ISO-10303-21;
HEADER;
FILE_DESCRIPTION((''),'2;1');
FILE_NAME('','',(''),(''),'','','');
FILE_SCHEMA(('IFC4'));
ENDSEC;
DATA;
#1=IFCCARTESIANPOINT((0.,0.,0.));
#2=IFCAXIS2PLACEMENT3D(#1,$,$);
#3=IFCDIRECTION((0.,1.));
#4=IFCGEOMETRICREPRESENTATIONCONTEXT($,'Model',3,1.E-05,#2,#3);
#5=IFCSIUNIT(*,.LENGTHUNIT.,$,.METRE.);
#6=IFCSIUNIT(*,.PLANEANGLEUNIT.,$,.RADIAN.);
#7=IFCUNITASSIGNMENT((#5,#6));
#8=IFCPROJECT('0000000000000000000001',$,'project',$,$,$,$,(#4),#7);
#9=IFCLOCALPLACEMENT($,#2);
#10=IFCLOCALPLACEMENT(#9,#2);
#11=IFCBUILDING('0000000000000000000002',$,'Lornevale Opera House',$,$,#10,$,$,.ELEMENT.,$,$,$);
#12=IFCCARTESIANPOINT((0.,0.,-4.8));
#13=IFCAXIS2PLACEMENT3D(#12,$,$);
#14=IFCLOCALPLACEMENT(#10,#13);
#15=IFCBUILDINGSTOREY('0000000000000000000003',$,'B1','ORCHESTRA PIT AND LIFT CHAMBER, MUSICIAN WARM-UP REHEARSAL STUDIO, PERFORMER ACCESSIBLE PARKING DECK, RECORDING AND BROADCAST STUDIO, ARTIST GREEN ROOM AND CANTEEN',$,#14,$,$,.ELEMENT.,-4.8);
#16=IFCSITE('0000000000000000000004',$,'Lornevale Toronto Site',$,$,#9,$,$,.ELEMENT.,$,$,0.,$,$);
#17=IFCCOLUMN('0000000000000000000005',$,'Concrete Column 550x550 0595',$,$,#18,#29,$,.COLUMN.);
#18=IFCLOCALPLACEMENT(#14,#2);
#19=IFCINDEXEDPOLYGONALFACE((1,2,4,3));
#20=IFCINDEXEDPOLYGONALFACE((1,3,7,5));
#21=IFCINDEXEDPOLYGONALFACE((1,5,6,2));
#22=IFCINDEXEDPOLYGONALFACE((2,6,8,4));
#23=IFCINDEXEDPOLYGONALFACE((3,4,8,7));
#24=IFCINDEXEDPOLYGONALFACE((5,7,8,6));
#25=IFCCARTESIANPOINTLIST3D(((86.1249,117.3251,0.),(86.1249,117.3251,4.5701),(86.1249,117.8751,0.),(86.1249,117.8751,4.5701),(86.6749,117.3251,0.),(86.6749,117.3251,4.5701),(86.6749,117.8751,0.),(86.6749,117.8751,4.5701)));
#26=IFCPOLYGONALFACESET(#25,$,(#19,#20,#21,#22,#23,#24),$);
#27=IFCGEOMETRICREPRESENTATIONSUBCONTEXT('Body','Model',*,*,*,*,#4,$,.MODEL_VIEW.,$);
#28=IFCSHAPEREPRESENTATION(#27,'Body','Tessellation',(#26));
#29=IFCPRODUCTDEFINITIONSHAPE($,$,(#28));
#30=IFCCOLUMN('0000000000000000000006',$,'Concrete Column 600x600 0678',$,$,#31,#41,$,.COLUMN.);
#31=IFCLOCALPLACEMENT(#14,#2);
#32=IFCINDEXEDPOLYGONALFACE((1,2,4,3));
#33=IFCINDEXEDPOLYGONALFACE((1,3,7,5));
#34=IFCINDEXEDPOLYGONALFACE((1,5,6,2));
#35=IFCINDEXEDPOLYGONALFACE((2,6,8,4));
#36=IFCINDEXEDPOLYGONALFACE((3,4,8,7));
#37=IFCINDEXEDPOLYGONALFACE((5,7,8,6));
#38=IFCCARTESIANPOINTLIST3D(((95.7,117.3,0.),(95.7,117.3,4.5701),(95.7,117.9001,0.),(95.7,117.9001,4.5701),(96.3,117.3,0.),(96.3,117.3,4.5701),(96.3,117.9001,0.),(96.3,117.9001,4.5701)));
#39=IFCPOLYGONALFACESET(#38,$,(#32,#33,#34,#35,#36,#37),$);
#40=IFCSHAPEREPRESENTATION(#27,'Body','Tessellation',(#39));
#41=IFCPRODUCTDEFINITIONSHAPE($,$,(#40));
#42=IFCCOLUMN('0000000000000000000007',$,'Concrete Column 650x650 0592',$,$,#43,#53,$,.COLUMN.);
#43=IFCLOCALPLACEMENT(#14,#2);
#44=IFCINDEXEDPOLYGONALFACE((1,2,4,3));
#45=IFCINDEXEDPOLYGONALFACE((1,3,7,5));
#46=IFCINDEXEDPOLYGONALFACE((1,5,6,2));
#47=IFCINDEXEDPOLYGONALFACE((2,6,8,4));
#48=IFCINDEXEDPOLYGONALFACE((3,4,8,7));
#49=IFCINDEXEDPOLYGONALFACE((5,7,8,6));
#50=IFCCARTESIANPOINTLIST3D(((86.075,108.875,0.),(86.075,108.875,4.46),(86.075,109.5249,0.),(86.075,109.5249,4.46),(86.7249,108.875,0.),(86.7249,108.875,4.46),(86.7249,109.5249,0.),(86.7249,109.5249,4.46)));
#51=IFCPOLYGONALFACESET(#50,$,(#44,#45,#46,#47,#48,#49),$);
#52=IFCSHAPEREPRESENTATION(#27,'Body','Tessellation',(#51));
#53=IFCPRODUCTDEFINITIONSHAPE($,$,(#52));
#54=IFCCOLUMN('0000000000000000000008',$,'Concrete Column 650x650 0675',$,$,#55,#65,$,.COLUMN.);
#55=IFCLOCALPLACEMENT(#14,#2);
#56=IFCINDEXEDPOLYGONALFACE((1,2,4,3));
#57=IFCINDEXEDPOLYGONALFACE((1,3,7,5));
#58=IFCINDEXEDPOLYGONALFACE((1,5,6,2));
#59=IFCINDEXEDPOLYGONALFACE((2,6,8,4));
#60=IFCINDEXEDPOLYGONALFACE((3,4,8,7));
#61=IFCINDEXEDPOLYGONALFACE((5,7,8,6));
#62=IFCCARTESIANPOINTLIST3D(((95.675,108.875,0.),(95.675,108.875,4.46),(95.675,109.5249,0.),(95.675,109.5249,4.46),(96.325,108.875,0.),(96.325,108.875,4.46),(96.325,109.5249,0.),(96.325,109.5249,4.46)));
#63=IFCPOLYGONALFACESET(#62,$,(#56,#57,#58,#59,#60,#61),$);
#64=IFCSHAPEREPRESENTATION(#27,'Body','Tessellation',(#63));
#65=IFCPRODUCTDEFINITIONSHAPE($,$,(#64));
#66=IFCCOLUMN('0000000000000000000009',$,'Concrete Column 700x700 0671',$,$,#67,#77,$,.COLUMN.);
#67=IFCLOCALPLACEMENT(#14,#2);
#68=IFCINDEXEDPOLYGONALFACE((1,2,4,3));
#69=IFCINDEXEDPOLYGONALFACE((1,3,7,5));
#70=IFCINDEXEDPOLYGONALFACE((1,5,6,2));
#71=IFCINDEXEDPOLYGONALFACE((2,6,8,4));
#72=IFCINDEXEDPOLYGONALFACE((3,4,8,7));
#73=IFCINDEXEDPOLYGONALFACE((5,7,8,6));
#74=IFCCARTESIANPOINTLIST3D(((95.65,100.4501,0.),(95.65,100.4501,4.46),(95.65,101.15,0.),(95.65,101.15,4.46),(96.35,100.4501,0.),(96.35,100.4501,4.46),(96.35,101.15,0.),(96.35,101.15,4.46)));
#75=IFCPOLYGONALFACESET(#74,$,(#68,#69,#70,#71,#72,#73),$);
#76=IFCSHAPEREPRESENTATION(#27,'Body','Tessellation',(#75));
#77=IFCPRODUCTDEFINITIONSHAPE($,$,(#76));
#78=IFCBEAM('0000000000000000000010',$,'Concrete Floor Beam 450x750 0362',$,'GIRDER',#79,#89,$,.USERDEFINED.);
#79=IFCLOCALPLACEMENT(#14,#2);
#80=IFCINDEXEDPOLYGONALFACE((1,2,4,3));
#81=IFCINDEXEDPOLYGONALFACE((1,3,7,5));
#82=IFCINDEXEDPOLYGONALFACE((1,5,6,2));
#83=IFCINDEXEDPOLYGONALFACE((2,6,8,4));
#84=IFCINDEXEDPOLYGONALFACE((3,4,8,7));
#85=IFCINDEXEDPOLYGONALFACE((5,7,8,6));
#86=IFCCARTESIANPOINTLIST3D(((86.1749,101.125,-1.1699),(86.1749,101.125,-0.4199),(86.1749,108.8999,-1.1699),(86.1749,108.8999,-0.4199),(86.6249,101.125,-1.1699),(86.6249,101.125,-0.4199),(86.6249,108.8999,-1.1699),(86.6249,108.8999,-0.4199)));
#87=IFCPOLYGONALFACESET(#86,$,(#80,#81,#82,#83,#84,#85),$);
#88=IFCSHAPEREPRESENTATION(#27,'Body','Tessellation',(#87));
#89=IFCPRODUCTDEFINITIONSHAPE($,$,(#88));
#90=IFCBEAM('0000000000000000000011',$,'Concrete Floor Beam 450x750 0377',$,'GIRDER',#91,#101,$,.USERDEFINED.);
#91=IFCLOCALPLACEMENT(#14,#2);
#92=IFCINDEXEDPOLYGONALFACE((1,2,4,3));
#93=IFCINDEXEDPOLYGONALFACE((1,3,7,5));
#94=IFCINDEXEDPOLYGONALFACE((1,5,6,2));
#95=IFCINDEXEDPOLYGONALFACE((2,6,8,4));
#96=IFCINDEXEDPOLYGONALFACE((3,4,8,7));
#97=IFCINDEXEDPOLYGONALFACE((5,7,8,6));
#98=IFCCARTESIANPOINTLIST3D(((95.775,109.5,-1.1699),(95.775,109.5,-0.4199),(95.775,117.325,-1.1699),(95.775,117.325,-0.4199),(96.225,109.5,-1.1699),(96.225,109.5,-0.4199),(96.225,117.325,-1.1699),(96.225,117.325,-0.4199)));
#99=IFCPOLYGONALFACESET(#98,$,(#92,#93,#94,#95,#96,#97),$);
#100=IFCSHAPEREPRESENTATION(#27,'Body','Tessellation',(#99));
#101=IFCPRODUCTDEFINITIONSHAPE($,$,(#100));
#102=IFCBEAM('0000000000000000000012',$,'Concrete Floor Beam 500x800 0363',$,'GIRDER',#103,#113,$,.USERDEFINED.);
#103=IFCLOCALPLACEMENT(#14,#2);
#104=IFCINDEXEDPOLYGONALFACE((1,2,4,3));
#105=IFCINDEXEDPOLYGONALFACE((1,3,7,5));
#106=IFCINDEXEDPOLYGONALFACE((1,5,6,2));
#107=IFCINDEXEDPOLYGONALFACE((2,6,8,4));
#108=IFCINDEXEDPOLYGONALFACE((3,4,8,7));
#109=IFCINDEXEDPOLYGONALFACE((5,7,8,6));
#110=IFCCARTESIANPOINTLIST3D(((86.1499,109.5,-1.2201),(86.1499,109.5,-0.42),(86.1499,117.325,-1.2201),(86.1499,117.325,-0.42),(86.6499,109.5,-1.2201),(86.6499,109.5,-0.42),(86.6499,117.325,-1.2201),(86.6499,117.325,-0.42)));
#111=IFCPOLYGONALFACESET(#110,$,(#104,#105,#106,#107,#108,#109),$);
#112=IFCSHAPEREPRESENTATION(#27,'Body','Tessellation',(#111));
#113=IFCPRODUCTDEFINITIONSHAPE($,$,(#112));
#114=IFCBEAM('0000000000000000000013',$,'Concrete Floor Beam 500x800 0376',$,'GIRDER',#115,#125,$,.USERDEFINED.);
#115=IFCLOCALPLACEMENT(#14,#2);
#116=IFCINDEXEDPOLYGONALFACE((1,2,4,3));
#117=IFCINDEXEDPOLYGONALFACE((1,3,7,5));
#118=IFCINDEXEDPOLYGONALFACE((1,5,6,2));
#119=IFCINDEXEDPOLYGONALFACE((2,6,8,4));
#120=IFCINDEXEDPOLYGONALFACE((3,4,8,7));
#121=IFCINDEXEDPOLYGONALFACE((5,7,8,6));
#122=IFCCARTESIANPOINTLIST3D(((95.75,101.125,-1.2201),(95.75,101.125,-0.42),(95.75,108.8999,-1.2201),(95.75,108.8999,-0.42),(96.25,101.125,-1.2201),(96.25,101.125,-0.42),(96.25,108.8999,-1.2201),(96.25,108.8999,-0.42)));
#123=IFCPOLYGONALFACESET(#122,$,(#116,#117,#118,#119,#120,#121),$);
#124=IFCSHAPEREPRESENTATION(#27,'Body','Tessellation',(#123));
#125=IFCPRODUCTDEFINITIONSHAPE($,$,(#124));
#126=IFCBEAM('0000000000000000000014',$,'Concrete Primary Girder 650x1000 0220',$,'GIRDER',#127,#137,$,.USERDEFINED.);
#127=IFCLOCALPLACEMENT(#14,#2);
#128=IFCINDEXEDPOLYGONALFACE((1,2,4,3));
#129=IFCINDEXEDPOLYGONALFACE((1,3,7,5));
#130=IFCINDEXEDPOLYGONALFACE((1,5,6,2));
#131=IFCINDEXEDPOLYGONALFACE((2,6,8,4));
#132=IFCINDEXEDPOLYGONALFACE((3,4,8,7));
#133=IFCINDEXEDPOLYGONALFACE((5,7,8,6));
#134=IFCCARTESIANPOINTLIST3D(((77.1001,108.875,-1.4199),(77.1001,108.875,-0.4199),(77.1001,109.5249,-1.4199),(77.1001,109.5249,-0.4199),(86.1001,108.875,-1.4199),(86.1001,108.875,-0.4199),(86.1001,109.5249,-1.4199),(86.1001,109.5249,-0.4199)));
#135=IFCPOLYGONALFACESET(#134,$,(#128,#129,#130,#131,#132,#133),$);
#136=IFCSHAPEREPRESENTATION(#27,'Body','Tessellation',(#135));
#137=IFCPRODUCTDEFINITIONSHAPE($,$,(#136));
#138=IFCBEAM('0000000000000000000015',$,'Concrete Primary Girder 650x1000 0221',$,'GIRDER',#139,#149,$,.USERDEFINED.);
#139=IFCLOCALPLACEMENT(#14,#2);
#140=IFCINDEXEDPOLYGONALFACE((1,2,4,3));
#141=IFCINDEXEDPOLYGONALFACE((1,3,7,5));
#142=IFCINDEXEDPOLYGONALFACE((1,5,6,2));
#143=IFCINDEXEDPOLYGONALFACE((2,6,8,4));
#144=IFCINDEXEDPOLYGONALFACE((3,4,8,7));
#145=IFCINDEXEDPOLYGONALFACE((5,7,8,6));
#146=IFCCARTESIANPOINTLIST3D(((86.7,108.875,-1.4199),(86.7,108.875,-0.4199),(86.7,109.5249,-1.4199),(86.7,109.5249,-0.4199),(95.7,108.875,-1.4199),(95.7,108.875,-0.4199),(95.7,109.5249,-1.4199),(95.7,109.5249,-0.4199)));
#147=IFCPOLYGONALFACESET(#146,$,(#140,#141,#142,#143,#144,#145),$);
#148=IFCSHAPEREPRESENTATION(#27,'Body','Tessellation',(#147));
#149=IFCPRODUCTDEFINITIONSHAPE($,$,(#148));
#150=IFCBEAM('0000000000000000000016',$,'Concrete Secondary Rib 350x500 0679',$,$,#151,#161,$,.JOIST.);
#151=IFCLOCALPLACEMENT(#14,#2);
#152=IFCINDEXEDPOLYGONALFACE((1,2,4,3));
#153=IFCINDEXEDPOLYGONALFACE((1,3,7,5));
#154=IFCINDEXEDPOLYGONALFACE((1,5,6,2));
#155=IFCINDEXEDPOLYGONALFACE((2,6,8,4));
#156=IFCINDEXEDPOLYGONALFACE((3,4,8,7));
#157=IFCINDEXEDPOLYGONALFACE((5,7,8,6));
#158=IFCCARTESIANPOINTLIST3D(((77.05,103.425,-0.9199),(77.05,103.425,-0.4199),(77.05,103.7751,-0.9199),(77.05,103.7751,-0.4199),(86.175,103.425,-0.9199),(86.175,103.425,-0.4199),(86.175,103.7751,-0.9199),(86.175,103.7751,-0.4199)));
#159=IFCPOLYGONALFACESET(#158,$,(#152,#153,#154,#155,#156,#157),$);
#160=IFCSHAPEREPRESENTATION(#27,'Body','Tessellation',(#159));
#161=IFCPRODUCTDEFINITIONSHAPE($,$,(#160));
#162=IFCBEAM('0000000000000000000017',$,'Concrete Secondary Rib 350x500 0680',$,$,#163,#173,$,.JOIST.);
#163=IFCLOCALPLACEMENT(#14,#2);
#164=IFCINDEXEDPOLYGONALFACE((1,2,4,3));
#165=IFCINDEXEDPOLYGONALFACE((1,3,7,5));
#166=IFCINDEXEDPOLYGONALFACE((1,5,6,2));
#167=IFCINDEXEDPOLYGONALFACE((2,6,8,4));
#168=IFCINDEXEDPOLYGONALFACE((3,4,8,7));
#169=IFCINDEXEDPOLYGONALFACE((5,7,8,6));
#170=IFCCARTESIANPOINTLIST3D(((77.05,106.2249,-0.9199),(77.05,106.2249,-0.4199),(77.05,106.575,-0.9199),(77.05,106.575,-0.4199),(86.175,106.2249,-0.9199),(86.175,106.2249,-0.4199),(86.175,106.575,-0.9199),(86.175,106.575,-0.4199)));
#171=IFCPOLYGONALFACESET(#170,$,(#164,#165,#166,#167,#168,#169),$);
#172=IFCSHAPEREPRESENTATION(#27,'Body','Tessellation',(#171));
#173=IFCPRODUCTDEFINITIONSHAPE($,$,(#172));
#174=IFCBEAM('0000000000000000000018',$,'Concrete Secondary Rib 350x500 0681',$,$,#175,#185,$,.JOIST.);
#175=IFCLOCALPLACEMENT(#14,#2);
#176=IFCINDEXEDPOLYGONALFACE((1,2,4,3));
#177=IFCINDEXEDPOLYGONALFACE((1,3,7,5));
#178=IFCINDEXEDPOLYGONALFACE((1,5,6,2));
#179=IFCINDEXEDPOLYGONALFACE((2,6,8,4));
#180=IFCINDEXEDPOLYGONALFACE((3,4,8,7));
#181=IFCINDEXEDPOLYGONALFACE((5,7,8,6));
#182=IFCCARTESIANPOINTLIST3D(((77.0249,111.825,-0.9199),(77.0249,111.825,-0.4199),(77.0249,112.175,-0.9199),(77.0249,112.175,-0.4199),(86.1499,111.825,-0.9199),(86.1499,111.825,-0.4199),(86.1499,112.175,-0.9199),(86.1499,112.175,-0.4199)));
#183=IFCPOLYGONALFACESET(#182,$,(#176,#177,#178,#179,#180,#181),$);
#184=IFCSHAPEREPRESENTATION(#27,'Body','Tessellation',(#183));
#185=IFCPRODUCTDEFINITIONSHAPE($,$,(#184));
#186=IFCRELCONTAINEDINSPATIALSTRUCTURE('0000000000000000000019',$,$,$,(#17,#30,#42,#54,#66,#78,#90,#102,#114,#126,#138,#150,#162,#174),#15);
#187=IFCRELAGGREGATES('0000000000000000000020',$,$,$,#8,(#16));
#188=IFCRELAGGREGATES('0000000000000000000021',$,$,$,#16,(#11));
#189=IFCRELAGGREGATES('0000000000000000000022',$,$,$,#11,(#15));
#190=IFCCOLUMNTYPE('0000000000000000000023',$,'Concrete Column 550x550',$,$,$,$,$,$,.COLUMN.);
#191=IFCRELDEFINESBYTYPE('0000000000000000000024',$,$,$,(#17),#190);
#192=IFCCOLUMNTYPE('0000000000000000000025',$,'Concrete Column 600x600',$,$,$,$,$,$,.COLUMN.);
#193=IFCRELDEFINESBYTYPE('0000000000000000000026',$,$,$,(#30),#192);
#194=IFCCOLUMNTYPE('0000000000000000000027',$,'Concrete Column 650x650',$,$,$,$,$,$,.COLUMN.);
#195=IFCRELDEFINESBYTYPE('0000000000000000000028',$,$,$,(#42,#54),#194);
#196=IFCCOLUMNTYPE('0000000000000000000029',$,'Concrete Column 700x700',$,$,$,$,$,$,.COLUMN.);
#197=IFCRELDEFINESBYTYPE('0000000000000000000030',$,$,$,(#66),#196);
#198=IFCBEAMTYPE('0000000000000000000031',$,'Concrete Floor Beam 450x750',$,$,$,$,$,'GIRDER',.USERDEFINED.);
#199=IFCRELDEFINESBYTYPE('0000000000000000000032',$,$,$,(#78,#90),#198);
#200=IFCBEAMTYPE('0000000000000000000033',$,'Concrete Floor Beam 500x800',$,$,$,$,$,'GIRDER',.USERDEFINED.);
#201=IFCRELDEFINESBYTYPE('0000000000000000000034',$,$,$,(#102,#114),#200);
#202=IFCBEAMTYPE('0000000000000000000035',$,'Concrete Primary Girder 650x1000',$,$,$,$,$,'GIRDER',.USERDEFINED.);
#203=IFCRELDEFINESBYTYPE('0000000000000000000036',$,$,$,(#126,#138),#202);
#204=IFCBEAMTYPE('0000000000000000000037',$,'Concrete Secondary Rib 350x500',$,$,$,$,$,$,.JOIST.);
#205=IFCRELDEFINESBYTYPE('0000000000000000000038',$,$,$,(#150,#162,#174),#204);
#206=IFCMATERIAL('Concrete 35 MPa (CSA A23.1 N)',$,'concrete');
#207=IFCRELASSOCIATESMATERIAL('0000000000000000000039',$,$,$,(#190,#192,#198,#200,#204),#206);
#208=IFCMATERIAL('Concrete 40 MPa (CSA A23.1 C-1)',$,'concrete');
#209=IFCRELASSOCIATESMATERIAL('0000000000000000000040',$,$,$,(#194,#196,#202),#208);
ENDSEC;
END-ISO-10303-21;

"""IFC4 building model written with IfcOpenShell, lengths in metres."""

from ifc_helpers import new_model, si_unit, direction, frame, origin, origin_2d, place, context, subcontext, project, spatial, rectangle, extrude, material, material_profile, profile_set, type_object, element, save


model = new_model("IFC4")

# Units and contexts
model_context = context("Model", 3, precision=1e-05, world=origin(), true_north=direction((0.0, 1.0)))
body_context = subcontext(model_context, "Body", "Model", "MODEL_VIEW")
ifc_project = project(units=[si_unit("LENGTHUNIT", "METRE"), si_unit("PLANEANGLEUNIT", "RADIAN")], contexts=[model_context])

# Site, building, storey
site_placement = place(None, origin())
site = spatial("IfcSite", under=ifc_project, at=site_placement, Name="Lornevale Toronto Site", CompositionType="ELEMENT", RefElevation=0.0)
building_placement = place(site_placement, origin())
building = spatial("IfcBuilding", under=site, at=building_placement, Name="Lornevale Opera House", CompositionType="ELEMENT")
storey_placement = place(building_placement, frame((0.0, 0.0, -4.8)))
storey = spatial("IfcBuildingStorey", under=building, at=storey_placement, Name="B1", Description="ORCHESTRA PIT AND LIFT CHAMBER, MUSICIAN WARM-UP REHEARSAL STUDIO, PERFORMER ACCESSIBLE PARKING DECK, RECORDING AND BROADCAST STUDIO, ARTIST GREEN ROOM AND CANTEEN", CompositionType="ELEMENT", Elevation=-4.8)

# Columns
ifc_material_1 = material(Name="Concrete 35 MPa (CSA A23.1 N)", Category="concrete")
ifc_material_profile_1 = material_profile(ifc_material_1, rectangle(XDim=0.55, YDim=0.55, at=origin_2d()), Name="RC550x550")
ifc_profile_set_1 = profile_set([ifc_material_profile_1], Name="Concrete 35 MPa (CSA A23.1 N)")
column_type_1 = type_object("IfcColumnType", Name="Concrete Column 550x550", PredefinedType="COLUMN", material=ifc_profile_set_1)
column_1_placement = place(storey_placement, frame((86.3999, 117.6001, 0.0), z_axis=(0.0, 0.0, 1.0), x_axis=(1.0, 0.0, 0.0)))
element("IfcColumn", 1, at=column_1_placement, inside=storey, type_object=column_type_1, Name="Concrete Column 550x550 0595", PredefinedType="COLUMN", context=body_context, shape_type="SweptSolid", body=[
    extrude(rectangle(XDim=0.55, YDim=0.55, at=origin_2d()), origin(), (0.0, 0.0, 1.0), 4.5701),
])
ifc_material_profile_2 = material_profile(ifc_material_1, rectangle(XDim=0.6001, YDim=0.6001, at=origin_2d()), Name="RC600x600")
ifc_profile_set_2 = profile_set([ifc_material_profile_2], Name="Concrete 35 MPa (CSA A23.1 N)")
column_type_2 = type_object("IfcColumnType", Name="Concrete Column 600x600", PredefinedType="COLUMN", material=ifc_profile_set_2)
column_2_placement = place(storey_placement, frame((96.0, 117.6001, 0.0), z_axis=(0.0, 0.0, 1.0), x_axis=(1.0, 0.0, 0.0)))
element("IfcColumn", 2, at=column_2_placement, inside=storey, type_object=column_type_2, Name="Concrete Column 600x600 0678", PredefinedType="COLUMN", context=body_context, shape_type="SweptSolid", body=[
    extrude(rectangle(XDim=0.6001, YDim=0.6001, at=origin_2d()), origin(), (0.0, 0.0, 1.0), 4.5701),
])
ifc_material_2 = material(Name="Concrete 40 MPa (CSA A23.1 C-1)", Category="concrete")
ifc_material_profile_3 = material_profile(ifc_material_2, rectangle(XDim=0.6499, YDim=0.6499, at=origin_2d()), Name="RC650x650")
ifc_profile_set_3 = profile_set([ifc_material_profile_3], Name="Concrete 40 MPa (CSA A23.1 C-1)")
column_type_3 = type_object("IfcColumnType", Name="Concrete Column 650x650", PredefinedType="COLUMN", material=ifc_profile_set_3)
for number, where, z_axis, x_axis, name in (
    (3, (86.3999, 109.2, 0.0), (0.0, 0.0, 1.0), (1.0, 0.0, 0.0), "Concrete Column 650x650 0592"),
    (4, (96.0, 109.2, 0.0), (0.0, 0.0, 1.0), (1.0, 0.0, 0.0), "Concrete Column 650x650 0675"),
):
    element("IfcColumn", number, at=place(storey_placement, frame(where, z_axis=z_axis, x_axis=x_axis)), inside=storey, type_object=column_type_3, Name=name, PredefinedType="COLUMN", context=body_context, shape_type="SweptSolid", body=[
        extrude(rectangle(XDim=0.6499, YDim=0.6499, at=origin_2d()), origin(), (0.0, 0.0, 1.0), 4.46),
    ])
ifc_material_profile_4 = material_profile(ifc_material_2, rectangle(XDim=0.7, YDim=0.7, at=origin_2d()), Name="RC700x700")
ifc_profile_set_4 = profile_set([ifc_material_profile_4], Name="Concrete 40 MPa (CSA A23.1 C-1)")
column_type_4 = type_object("IfcColumnType", Name="Concrete Column 700x700", PredefinedType="COLUMN", material=ifc_profile_set_4)
column_3_placement = place(storey_placement, frame((96.0, 100.8, 0.0), z_axis=(0.0, 0.0, 1.0), x_axis=(1.0, 0.0, 0.0)))
element("IfcColumn", 5, at=column_3_placement, inside=storey, type_object=column_type_4, Name="Concrete Column 700x700 0671", PredefinedType="COLUMN", context=body_context, shape_type="SweptSolid", body=[
    extrude(rectangle(XDim=0.7, YDim=0.7, at=origin_2d()), origin(), (0.0, 0.0, 1.0), 4.46),
])

# Beams
ifc_material_profile_5 = material_profile(ifc_material_1, rectangle(XDim=0.45, YDim=0.75, at=origin_2d()), Name="RC450x750")
ifc_profile_set_5 = profile_set([ifc_material_profile_5], Name="Concrete 35 MPa (CSA A23.1 N)")
beam_type_1 = type_object("IfcBeamType", Name="Concrete Floor Beam 450x750", ElementType="GIRDER", PredefinedType="USERDEFINED", material=ifc_profile_set_5)
beam_1_placement = place(storey_placement, frame((86.3999, 101.125, -0.7949), z_axis=(0.0, 1.0, 0.0), x_axis=(-1.0, 0.0, 0.0)))
element("IfcBeam", 6, at=beam_1_placement, inside=storey, type_object=beam_type_1, Name="Concrete Floor Beam 450x750 0362", ObjectType="GIRDER", PredefinedType="USERDEFINED", context=body_context, shape_type="SweptSolid", body=[
    extrude(rectangle(XDim=0.45, YDim=0.75, at=origin_2d()), origin(), (0.0, 0.0, 1.0), 7.7749),
])
beam_2_placement = place(storey_placement, frame((96.0, 109.5, -0.7949), z_axis=(0.0, 1.0, 0.0), x_axis=(-1.0, 0.0, 0.0)))
element("IfcBeam", 7, at=beam_2_placement, inside=storey, type_object=beam_type_1, Name="Concrete Floor Beam 450x750 0377", ObjectType="GIRDER", PredefinedType="USERDEFINED", context=body_context, shape_type="SweptSolid", body=[
    extrude(rectangle(XDim=0.45, YDim=0.75, at=origin_2d()), origin(), (0.0, 0.0, 1.0), 7.825),
])
ifc_material_profile_6 = material_profile(ifc_material_1, rectangle(XDim=0.5, YDim=0.8, at=origin_2d()), Name="RC500x800")
ifc_profile_set_6 = profile_set([ifc_material_profile_6], Name="Concrete 35 MPa (CSA A23.1 N)")
beam_type_2 = type_object("IfcBeamType", Name="Concrete Floor Beam 500x800", ElementType="GIRDER", PredefinedType="USERDEFINED", material=ifc_profile_set_6)
beam_3_placement = place(storey_placement, frame((86.3999, 109.5, -0.8201), z_axis=(0.0, 1.0, 0.0), x_axis=(-1.0, 0.0, 0.0)))
element("IfcBeam", 8, at=beam_3_placement, inside=storey, type_object=beam_type_2, Name="Concrete Floor Beam 500x800 0363", ObjectType="GIRDER", PredefinedType="USERDEFINED", context=body_context, shape_type="SweptSolid", body=[
    extrude(rectangle(XDim=0.5, YDim=0.8, at=origin_2d()), origin(), (0.0, 0.0, 1.0), 7.825),
])
beam_4_placement = place(storey_placement, frame((96.0, 101.125, -0.8201), z_axis=(0.0, 1.0, 0.0), x_axis=(-1.0, 0.0, 0.0)))
element("IfcBeam", 9, at=beam_4_placement, inside=storey, type_object=beam_type_2, Name="Concrete Floor Beam 500x800 0376", ObjectType="GIRDER", PredefinedType="USERDEFINED", context=body_context, shape_type="SweptSolid", body=[
    extrude(rectangle(XDim=0.5, YDim=0.8, at=origin_2d()), origin(), (0.0, 0.0, 1.0), 7.7749),
])
ifc_material_profile_7 = material_profile(ifc_material_2, rectangle(XDim=0.6499, YDim=1.0, at=origin_2d()), Name="RC650x1000")
ifc_profile_set_7 = profile_set([ifc_material_profile_7], Name="Concrete 40 MPa (CSA A23.1 C-1)")
beam_type_3 = type_object("IfcBeamType", Name="Concrete Primary Girder 650x1000", ElementType="GIRDER", PredefinedType="USERDEFINED", material=ifc_profile_set_7)
for number, where, z_axis, x_axis, name in (
    (10, (77.1001, 109.2, -0.9199), (1.0, 0.0, 0.0), (0.0, 1.0, 0.0), "Concrete Primary Girder 650x1000 0220"),
    (11, (86.7, 109.2, -0.9199), (1.0, 0.0, 0.0), (0.0, 1.0, 0.0), "Concrete Primary Girder 650x1000 0221"),
):
    element("IfcBeam", number, at=place(storey_placement, frame(where, z_axis=z_axis, x_axis=x_axis)), inside=storey, type_object=beam_type_3, Name=name, ObjectType="GIRDER", PredefinedType="USERDEFINED", context=body_context, shape_type="SweptSolid", body=[
        extrude(rectangle(XDim=0.6499, YDim=1.0, at=origin_2d()), origin(), (0.0, 0.0, 1.0), 9.0),
    ])
ifc_material_profile_8 = material_profile(ifc_material_1, rectangle(XDim=0.3501, YDim=0.5, at=origin_2d()), Name="RC350x500")
ifc_profile_set_8 = profile_set([ifc_material_profile_8], Name="Concrete 35 MPa (CSA A23.1 N)")
beam_type_4 = type_object("IfcBeamType", Name="Concrete Secondary Rib 350x500", PredefinedType="JOIST", material=ifc_profile_set_8)
for number, where, z_axis, x_axis, name in (
    (12, (77.05, 103.6001, -0.6699), (1.0, 0.0, 0.0), (0.0, 1.0, 0.0), "Concrete Secondary Rib 350x500 0679"),
    (13, (77.05, 106.3999, -0.6699), (1.0, 0.0, 0.0), (0.0, 1.0, 0.0), "Concrete Secondary Rib 350x500 0680"),
    (14, (77.0249, 112.0, -0.6699), (1.0, 0.0, 0.0), (0.0, 1.0, 0.0), "Concrete Secondary Rib 350x500 0681"),
):
    element("IfcBeam", number, at=place(storey_placement, frame(where, z_axis=z_axis, x_axis=x_axis)), inside=storey, type_object=beam_type_4, Name=name, PredefinedType="JOIST", context=body_context, shape_type="SweptSolid", body=[
        extrude(rectangle(XDim=0.3501, YDim=0.5, at=origin_2d()), origin(), (0.0, 0.0, 1.0), 9.125),
    ])

save(model, "model.ifc")
